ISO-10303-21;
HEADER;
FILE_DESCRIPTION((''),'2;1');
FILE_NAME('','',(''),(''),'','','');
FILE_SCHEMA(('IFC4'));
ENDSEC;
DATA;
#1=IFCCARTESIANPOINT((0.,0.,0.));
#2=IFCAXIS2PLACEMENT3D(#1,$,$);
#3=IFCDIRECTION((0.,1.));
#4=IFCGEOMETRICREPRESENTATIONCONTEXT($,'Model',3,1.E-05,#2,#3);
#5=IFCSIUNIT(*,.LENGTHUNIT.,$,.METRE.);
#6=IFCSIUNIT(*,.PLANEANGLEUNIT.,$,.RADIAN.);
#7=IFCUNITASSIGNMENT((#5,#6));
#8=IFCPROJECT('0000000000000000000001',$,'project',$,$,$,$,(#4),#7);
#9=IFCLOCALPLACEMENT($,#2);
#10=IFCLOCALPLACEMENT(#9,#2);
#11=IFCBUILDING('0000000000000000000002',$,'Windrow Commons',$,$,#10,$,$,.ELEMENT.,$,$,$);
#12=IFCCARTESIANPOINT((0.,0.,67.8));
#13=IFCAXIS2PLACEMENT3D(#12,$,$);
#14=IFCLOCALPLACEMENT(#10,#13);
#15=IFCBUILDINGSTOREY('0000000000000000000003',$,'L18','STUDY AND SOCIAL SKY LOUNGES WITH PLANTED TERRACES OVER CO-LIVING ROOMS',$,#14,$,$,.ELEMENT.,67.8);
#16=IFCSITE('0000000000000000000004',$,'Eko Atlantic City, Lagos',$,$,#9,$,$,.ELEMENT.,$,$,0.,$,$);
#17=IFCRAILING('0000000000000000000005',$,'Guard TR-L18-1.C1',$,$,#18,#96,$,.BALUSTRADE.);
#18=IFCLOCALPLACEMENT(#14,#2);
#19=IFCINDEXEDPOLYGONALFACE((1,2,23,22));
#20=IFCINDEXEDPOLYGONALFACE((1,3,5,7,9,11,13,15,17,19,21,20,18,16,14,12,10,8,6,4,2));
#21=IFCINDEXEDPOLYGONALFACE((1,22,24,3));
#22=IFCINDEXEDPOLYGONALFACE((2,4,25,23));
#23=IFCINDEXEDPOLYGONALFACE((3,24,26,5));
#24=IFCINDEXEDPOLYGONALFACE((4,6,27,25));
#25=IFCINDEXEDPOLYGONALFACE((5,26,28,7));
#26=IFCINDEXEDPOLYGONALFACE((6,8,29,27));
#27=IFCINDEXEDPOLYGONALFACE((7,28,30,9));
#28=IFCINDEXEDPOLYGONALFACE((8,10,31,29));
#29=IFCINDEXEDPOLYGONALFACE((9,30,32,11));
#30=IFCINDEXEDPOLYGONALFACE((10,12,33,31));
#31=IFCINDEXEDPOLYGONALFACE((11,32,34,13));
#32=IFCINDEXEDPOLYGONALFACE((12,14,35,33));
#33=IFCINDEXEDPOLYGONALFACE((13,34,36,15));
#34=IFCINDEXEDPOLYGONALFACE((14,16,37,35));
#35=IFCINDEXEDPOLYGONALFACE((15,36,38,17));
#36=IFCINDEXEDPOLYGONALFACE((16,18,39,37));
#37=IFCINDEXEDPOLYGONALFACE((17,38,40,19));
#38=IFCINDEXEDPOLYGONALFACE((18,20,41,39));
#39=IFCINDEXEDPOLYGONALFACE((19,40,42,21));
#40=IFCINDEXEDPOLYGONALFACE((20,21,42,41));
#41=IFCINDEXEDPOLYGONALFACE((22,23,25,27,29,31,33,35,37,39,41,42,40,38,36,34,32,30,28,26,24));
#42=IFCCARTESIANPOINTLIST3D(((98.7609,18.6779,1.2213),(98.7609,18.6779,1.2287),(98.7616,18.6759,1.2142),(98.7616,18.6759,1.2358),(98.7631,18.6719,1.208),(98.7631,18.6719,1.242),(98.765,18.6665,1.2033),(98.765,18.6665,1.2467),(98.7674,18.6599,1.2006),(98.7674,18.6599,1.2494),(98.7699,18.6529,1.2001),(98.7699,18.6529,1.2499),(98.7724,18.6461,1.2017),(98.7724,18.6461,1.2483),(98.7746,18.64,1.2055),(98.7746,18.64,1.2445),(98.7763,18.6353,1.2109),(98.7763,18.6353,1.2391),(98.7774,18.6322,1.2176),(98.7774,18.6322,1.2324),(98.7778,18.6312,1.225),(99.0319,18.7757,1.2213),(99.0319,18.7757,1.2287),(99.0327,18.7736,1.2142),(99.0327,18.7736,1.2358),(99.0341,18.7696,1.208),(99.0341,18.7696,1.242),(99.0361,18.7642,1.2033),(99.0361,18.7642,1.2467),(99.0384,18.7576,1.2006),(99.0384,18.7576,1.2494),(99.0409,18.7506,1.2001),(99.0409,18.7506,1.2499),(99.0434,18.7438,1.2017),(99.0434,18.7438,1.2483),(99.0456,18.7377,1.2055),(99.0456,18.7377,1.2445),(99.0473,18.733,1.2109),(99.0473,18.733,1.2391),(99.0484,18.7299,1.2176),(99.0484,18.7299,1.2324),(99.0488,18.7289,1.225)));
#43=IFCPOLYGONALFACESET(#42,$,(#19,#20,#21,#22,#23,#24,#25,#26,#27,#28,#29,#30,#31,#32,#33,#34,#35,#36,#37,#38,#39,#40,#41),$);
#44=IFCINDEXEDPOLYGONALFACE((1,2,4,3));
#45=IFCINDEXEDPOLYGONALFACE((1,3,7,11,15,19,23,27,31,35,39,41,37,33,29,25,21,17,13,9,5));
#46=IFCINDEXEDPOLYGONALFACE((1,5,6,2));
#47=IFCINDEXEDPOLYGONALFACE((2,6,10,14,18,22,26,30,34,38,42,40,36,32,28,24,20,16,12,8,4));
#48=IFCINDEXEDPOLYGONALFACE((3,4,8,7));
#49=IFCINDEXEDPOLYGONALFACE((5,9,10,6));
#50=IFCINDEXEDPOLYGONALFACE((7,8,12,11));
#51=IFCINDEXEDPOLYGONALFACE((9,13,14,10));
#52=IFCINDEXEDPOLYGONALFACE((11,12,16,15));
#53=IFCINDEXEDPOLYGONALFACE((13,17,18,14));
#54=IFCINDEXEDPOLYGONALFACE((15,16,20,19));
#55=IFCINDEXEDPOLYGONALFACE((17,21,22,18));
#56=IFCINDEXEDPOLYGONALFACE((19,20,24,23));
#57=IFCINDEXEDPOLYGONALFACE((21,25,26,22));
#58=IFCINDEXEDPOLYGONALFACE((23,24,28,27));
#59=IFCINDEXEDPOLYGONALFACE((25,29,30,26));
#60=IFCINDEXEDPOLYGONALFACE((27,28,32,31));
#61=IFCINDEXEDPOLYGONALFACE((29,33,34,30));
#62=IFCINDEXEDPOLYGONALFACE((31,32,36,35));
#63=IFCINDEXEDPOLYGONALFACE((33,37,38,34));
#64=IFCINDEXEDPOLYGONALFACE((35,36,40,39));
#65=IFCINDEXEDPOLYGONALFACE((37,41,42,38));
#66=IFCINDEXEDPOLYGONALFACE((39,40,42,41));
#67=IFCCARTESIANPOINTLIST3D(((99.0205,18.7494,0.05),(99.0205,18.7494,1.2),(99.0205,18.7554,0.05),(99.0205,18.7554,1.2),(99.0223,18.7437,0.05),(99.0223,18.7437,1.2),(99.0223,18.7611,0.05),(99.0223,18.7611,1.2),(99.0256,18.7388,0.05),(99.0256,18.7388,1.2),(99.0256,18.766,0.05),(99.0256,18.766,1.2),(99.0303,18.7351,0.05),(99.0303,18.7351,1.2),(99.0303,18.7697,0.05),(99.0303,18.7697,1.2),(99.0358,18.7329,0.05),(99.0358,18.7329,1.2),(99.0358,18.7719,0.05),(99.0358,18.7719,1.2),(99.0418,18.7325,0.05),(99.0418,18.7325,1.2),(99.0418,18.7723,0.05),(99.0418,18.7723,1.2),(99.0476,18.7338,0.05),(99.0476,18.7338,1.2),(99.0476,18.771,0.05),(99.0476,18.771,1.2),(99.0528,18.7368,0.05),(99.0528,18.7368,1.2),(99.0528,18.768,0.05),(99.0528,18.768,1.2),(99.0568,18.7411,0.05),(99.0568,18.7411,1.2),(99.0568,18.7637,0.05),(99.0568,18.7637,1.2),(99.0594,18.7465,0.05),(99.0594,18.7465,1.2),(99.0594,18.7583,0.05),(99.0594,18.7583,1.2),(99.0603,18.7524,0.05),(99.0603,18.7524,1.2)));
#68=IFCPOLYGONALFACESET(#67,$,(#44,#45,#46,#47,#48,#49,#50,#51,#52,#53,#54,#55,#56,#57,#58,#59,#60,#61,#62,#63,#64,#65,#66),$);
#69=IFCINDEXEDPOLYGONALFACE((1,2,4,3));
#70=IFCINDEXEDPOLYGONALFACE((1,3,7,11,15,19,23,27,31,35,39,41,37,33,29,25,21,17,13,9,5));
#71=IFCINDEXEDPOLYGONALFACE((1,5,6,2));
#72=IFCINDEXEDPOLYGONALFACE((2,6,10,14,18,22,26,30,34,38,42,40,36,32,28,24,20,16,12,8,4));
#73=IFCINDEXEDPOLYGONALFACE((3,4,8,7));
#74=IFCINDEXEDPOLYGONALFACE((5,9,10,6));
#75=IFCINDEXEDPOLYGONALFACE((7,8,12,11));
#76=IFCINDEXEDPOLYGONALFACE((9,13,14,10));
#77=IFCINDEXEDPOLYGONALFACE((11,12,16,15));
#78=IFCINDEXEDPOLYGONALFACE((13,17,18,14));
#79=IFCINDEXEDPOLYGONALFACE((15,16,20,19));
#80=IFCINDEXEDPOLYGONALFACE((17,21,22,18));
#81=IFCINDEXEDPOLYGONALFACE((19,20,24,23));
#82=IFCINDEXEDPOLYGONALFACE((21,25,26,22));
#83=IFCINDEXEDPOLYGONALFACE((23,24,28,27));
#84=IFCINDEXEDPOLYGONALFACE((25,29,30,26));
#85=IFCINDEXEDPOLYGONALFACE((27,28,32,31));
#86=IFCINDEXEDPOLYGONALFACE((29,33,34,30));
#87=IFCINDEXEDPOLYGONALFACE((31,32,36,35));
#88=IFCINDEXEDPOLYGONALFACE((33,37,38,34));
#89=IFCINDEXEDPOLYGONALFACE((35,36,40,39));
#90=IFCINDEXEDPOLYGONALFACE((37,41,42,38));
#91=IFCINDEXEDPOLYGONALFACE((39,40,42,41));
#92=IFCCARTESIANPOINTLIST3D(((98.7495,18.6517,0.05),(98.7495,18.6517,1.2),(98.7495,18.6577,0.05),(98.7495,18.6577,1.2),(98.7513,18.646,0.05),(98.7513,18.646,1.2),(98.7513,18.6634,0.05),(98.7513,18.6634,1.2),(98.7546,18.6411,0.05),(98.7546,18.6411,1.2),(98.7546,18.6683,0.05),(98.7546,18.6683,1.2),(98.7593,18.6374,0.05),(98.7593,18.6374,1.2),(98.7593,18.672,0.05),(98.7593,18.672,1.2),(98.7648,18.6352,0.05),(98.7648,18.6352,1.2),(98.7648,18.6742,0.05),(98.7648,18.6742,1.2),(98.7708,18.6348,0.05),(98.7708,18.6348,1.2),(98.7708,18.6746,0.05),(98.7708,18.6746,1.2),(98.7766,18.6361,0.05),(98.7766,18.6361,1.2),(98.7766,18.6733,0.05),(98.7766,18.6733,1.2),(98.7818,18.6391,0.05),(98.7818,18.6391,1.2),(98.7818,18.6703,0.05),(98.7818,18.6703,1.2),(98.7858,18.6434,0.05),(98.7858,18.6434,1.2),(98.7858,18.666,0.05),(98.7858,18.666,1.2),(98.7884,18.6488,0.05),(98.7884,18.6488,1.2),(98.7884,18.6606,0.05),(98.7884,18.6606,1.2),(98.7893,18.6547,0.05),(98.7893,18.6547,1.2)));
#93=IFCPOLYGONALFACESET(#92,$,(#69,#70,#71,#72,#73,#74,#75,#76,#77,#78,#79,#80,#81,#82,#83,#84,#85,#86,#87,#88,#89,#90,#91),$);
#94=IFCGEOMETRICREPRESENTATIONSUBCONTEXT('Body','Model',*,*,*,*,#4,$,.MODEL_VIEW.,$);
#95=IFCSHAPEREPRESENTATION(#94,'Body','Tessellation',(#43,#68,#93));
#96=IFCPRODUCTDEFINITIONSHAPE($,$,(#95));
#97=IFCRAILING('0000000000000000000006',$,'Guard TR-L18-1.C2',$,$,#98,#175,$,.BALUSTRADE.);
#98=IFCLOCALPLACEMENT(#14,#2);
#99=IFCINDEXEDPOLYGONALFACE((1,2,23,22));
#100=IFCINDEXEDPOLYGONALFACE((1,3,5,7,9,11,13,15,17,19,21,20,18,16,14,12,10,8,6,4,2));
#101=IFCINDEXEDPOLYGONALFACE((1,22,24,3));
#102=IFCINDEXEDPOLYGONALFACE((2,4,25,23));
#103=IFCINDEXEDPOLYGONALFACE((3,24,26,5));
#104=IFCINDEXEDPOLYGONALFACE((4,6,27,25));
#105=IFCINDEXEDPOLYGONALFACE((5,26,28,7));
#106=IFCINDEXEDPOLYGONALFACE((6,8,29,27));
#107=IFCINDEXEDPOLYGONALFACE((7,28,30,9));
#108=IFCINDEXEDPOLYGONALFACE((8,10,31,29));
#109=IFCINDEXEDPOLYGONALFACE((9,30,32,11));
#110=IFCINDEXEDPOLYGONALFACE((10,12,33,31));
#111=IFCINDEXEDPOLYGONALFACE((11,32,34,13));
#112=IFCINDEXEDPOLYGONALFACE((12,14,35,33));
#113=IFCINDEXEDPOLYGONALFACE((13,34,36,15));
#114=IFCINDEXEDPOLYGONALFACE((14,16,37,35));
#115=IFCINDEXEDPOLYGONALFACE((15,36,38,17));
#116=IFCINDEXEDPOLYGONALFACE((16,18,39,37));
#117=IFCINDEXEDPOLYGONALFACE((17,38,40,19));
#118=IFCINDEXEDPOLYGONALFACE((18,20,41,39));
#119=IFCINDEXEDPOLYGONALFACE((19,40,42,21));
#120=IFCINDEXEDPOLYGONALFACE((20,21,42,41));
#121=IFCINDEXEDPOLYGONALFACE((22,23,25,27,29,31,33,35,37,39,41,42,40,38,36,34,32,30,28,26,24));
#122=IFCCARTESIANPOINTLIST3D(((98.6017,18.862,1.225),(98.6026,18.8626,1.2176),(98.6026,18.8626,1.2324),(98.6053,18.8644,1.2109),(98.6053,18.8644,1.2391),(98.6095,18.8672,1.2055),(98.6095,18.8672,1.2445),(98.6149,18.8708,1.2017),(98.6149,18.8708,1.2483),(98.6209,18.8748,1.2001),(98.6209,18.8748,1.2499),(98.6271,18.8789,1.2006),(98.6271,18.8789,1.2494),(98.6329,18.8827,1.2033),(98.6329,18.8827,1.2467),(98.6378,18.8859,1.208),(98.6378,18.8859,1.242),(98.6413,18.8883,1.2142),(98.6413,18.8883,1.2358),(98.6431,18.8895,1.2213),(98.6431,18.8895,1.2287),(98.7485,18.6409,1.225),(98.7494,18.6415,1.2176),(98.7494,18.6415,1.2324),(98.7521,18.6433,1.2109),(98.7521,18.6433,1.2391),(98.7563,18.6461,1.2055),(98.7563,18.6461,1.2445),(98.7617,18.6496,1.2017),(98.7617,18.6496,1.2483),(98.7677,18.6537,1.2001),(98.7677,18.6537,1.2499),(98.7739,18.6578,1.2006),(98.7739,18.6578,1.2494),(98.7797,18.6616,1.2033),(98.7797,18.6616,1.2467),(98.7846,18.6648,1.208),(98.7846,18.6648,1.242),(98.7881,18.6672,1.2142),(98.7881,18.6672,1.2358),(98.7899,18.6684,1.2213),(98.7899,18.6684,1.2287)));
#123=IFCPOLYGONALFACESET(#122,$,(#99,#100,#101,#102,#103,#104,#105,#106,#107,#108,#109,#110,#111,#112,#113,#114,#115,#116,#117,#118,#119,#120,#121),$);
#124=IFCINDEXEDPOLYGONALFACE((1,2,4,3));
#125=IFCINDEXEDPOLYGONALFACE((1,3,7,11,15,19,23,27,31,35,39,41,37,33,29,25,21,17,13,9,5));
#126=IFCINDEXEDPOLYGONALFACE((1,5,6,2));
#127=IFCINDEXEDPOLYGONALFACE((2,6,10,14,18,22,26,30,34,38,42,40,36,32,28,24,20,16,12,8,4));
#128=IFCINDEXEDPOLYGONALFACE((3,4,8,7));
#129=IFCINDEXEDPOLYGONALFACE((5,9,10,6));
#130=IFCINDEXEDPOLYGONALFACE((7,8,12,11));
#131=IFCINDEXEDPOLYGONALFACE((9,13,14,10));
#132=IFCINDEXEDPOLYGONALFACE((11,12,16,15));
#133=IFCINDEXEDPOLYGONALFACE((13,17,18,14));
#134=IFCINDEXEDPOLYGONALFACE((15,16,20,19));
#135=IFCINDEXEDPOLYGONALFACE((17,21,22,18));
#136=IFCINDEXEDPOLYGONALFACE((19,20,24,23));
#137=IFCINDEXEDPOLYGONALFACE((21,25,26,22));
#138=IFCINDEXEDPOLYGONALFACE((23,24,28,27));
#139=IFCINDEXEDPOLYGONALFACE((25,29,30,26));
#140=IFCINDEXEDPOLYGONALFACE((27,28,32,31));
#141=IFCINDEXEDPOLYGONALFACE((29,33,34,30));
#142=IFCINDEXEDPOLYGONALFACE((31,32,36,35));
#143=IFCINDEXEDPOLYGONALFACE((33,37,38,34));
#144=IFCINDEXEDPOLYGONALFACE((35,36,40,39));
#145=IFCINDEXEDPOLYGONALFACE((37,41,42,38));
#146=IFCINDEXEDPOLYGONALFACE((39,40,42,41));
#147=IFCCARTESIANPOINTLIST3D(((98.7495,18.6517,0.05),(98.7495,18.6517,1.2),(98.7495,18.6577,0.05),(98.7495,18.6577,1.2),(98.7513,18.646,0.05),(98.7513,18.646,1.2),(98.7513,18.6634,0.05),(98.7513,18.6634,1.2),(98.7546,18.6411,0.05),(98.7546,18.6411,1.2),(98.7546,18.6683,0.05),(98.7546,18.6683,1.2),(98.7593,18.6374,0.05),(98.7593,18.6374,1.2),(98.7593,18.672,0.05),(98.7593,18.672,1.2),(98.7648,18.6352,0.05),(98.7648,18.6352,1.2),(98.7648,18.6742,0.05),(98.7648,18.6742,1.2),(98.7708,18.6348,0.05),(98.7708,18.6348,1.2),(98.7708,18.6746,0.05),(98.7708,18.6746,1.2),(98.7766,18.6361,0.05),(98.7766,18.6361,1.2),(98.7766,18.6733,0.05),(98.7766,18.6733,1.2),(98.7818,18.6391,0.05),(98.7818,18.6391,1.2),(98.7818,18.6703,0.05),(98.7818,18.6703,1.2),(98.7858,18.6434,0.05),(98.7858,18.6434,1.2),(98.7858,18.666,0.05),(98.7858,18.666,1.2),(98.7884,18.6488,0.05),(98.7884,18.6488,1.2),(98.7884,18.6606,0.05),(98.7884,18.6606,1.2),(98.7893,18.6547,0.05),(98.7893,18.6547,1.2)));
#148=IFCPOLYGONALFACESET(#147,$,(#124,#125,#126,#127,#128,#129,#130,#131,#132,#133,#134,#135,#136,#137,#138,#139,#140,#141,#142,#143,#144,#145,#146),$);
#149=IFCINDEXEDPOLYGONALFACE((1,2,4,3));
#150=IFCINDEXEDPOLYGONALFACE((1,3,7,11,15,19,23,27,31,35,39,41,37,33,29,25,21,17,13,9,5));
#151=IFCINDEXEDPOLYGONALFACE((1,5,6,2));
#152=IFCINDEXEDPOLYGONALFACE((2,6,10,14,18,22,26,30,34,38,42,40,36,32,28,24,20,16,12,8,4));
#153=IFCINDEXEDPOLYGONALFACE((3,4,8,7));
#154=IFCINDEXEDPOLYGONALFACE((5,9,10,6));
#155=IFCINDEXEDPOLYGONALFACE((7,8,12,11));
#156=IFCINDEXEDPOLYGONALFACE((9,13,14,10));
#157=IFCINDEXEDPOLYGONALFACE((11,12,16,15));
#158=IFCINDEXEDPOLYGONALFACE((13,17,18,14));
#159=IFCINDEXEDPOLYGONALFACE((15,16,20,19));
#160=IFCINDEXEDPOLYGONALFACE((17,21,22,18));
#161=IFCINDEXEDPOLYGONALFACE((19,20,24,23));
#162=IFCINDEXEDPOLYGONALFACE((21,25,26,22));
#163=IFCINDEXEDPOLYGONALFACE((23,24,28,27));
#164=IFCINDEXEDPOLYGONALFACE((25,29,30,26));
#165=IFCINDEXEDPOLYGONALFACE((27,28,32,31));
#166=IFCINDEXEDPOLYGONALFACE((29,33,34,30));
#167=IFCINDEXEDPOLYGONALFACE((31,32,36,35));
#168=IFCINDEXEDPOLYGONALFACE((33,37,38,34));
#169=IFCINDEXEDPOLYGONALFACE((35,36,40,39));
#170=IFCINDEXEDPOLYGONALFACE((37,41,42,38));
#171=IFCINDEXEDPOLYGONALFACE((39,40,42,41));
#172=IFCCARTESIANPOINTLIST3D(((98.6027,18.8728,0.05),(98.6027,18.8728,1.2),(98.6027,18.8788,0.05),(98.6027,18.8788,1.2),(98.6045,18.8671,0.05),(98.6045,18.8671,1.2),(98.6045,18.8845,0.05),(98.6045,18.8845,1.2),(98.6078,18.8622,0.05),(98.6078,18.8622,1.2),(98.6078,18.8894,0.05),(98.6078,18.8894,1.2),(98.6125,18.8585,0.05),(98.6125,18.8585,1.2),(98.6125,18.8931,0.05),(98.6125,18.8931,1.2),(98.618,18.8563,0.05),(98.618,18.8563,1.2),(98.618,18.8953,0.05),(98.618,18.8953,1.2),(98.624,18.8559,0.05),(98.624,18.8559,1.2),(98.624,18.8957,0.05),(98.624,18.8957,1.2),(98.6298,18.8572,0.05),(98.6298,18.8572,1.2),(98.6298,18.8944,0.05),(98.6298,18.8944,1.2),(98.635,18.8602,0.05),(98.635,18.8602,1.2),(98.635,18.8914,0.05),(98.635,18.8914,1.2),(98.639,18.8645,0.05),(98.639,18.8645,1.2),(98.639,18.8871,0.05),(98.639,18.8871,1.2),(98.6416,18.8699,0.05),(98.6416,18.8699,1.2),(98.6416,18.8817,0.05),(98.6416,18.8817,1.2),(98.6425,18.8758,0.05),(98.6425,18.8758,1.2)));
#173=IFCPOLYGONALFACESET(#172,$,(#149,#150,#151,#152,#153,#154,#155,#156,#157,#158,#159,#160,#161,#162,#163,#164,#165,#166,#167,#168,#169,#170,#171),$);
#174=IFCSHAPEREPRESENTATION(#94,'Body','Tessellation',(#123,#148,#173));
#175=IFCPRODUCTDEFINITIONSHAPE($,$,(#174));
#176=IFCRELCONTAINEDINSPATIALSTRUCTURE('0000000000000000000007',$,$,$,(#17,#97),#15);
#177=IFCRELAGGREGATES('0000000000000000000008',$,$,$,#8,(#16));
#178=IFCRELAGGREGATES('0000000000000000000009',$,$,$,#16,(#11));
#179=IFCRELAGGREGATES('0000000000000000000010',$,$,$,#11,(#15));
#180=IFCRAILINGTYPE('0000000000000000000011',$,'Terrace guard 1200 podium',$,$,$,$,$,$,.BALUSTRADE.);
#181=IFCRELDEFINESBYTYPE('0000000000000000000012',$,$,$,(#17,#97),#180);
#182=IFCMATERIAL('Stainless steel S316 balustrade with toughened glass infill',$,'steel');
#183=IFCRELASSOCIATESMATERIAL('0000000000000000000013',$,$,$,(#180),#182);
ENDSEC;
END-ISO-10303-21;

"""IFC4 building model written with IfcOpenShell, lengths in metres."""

from ifc_helpers import new_model, si_unit, direction, frame, origin, origin_2d, place, context, subcontext, project, spatial, circle, extrude, material, type_object, element, save


model = new_model("IFC4")

# Units and contexts
model_context = context("Model", 3, precision=1e-05, world=origin(), true_north=direction((0.0, 1.0)))
body_context = subcontext(model_context, "Body", "Model", "MODEL_VIEW")
ifc_project = project(units=[si_unit("LENGTHUNIT", "METRE"), si_unit("PLANEANGLEUNIT", "RADIAN")], contexts=[model_context])

# Site, building, storey
site_placement = place(None, origin())
site = spatial("IfcSite", under=ifc_project, at=site_placement, Name="Eko Atlantic City, Lagos", CompositionType="ELEMENT", RefElevation=0.0)
building_placement = place(site_placement, origin())
building = spatial("IfcBuilding", under=site, at=building_placement, Name="Windrow Commons", CompositionType="ELEMENT")
storey_placement = place(building_placement, frame((0.0, 0.0, 67.8)))
storey = spatial("IfcBuildingStorey", under=building, at=storey_placement, Name="L18", Description="STUDY AND SOCIAL SKY LOUNGES WITH PLANTED TERRACES OVER CO-LIVING ROOMS", CompositionType="ELEMENT", Elevation=67.8)

# Railings
ifc_material_1 = material(Name="Stainless steel S316 balustrade with toughened glass infill", Category="steel")
railing_type = type_object("IfcRailingType", Name="Terrace guard 1200 podium", PredefinedType="BALUSTRADE", material=ifc_material_1)
railing_1_placement = place(storey_placement, frame((99.0403, 18.7524, 0.05)))
element("IfcRailing", 1, at=railing_1_placement, inside=storey, type_object=railing_type, Name="Guard TR-L18-1.C1", PredefinedType="BALUSTRADE", context=body_context, shape_type="SweptSolid", body=[
    extrude(circle(Radius=0.025, at=origin_2d()), frame((0.0, 0.0, 1.175), z_axis=(-0.940732, -0.33915, 0.0), x_axis=(0.33915, -0.940732, 0.0)), (0.0, 0.0, 1.0), 0.2881),
    extrude(circle(Radius=0.02, at=origin_2d()), origin(), (0.0, 0.0, 1.0), 1.15),
    extrude(circle(Radius=0.02, at=origin_2d()), frame((-0.271, -0.0977, 0.0)), (0.0, 0.0, 1.0), 1.15),
])
railing_2_placement = place(storey_placement, frame((98.7693, 18.6547, 0.05)))
element("IfcRailing", 2, at=railing_2_placement, inside=storey, type_object=railing_type, Name="Guard TR-L18-1.C2", PredefinedType="BALUSTRADE", context=body_context, shape_type="SweptSolid", body=[
    extrude(circle(Radius=0.025, at=origin_2d()), frame((0.0, 0.0, 1.175), z_axis=(-0.553134, 0.833092, 0.0), x_axis=(-0.833092, -0.553134, 0.0)), (0.0, 0.0, 1.0), 0.2654),
    extrude(circle(Radius=0.02, at=origin_2d()), origin(), (0.0, 0.0, 1.0), 1.15),
    extrude(circle(Radius=0.02, at=origin_2d()), frame((-0.1468, 0.2211, 0.0)), (0.0, 0.0, 1.0), 1.15),
])

save(model, "model.ifc")
